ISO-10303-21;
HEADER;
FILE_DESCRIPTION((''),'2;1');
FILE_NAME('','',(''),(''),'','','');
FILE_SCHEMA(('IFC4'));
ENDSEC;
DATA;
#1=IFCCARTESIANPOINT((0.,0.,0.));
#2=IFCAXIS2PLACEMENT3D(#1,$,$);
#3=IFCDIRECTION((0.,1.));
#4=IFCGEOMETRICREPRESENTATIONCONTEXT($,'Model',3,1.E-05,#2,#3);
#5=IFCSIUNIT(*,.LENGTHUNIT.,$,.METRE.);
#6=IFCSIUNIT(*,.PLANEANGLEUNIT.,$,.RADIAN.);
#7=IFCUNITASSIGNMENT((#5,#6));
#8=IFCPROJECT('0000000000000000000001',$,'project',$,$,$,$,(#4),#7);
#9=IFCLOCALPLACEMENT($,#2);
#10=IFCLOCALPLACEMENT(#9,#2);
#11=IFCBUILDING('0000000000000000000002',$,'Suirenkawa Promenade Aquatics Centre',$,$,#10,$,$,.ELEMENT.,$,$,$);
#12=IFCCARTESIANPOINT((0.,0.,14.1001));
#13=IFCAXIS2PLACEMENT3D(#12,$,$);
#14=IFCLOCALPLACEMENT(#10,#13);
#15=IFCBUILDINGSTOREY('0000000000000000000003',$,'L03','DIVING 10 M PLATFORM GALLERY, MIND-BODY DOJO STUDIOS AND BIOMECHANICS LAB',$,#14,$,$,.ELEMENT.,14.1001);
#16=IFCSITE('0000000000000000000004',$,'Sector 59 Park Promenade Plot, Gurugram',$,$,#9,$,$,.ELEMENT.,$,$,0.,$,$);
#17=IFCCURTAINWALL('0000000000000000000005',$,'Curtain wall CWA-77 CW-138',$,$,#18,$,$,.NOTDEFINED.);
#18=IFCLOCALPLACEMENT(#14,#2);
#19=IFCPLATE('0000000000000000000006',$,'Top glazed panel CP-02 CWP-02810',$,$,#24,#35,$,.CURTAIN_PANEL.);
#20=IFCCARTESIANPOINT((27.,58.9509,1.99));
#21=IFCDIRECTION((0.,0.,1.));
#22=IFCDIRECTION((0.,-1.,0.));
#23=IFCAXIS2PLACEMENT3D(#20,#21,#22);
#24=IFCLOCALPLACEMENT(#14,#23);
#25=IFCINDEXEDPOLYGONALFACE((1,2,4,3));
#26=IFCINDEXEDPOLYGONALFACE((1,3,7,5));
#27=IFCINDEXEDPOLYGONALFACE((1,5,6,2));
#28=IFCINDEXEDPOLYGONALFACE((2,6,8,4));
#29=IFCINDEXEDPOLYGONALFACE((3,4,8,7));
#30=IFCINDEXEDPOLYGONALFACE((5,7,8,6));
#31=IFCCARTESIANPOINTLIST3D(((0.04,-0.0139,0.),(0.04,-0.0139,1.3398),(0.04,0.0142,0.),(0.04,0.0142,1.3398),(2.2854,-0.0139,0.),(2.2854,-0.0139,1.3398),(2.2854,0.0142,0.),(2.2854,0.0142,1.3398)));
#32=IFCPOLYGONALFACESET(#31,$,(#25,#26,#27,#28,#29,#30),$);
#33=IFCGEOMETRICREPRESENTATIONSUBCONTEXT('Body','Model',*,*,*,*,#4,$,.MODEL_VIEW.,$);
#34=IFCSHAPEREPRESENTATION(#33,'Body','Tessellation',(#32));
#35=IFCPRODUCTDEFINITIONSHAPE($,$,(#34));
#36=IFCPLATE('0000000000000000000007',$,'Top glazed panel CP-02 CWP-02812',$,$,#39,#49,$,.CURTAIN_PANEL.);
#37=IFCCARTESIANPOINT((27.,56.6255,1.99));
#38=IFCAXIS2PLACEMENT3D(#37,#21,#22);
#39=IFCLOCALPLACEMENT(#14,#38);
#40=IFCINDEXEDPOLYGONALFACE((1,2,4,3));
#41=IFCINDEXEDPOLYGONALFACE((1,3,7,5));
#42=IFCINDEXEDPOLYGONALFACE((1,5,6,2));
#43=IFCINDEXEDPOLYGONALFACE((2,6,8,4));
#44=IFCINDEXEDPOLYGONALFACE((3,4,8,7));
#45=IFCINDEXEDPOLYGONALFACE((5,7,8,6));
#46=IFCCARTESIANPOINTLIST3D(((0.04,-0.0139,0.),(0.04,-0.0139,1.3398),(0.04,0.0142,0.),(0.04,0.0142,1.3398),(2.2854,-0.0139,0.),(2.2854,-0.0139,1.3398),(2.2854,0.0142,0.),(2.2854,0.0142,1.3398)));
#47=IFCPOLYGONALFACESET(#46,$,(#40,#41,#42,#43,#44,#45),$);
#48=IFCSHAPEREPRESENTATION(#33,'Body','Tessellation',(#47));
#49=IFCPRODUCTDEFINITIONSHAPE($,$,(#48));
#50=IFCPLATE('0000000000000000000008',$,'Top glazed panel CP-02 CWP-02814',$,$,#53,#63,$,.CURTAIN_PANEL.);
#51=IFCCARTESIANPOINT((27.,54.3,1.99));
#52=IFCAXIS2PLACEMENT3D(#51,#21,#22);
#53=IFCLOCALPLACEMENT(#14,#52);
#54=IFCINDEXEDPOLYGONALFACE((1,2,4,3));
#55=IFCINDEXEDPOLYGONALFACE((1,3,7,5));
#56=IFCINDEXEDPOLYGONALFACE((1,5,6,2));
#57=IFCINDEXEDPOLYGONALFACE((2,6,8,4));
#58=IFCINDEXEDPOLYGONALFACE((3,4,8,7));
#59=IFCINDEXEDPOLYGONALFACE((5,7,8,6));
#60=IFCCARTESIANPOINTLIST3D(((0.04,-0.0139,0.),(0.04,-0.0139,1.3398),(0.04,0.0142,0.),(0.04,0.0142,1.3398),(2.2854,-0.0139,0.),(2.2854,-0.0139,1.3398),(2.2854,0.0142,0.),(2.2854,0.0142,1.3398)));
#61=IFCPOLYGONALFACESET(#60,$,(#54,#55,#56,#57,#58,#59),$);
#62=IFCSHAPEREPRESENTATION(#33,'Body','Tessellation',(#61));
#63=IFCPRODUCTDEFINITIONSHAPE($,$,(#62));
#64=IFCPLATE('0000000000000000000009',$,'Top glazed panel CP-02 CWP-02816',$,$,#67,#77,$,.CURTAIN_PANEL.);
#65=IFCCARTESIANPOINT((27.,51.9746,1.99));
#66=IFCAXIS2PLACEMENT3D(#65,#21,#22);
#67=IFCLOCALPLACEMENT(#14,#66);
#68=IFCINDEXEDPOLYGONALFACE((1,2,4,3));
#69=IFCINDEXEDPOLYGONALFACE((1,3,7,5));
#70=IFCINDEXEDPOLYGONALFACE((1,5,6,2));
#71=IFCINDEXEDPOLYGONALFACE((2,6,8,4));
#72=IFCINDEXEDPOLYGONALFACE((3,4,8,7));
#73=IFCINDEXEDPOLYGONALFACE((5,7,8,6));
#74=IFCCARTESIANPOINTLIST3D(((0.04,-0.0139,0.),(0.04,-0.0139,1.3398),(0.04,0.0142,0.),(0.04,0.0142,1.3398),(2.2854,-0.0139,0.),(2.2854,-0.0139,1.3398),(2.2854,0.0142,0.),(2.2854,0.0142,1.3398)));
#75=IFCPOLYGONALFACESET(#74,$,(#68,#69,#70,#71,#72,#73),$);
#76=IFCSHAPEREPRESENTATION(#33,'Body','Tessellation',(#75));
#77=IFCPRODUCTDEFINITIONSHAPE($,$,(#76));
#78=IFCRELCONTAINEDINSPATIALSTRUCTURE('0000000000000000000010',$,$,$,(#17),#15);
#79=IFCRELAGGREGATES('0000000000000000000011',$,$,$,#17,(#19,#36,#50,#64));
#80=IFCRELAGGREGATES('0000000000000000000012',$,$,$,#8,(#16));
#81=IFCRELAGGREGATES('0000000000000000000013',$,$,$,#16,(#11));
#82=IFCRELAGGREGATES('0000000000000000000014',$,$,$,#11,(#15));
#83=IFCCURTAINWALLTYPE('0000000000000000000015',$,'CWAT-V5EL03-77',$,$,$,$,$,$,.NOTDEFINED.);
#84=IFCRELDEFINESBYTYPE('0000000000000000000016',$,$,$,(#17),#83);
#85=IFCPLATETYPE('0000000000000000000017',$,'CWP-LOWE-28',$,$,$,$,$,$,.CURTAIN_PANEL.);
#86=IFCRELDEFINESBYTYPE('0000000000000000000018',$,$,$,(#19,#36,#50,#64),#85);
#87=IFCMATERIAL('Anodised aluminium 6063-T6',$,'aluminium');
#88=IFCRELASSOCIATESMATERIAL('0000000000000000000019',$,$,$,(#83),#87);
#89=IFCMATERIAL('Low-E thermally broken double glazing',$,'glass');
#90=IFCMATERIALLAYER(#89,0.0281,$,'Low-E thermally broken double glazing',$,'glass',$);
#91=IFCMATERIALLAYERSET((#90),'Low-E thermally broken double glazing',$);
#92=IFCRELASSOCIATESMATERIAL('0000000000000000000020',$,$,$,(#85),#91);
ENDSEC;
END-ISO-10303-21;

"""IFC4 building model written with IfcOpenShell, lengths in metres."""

from ifc_helpers import new_model, si_unit, direction, frame, origin, place, context, subcontext, project, spatial, polyline, outline, extrude, material, layer, layer_set, type_object, element, aggregate, save


model = new_model("IFC4")

# Units and contexts
model_context = context("Model", 3, precision=1e-05, world=origin(), true_north=direction((0.0, 1.0)))
body_context = subcontext(model_context, "Body", "Model", "MODEL_VIEW")
ifc_project = project(units=[si_unit("LENGTHUNIT", "METRE"), si_unit("PLANEANGLEUNIT", "RADIAN")], contexts=[model_context])

# Site, building, storey
site_placement = place(None, origin())
site = spatial("IfcSite", under=ifc_project, at=site_placement, Name="Sector 59 Park Promenade Plot, Gurugram", CompositionType="ELEMENT", RefElevation=0.0)
building_placement = place(site_placement, origin())
building = spatial("IfcBuilding", under=site, at=building_placement, Name="Suirenkawa Promenade Aquatics Centre", CompositionType="ELEMENT")
storey_placement = place(building_placement, frame((0.0, 0.0, 14.1001)))
storey = spatial("IfcBuildingStorey", under=building, at=storey_placement, Name="L03", Description="DIVING 10 M PLATFORM GALLERY, MIND-BODY DOJO STUDIOS AND BIOMECHANICS LAB", CompositionType="ELEMENT", Elevation=14.1001)

# Curtain wall, plates
ifc_material_1 = material(Name="Anodised aluminium 6063-T6", Category="aluminium")
curtain_wall_type = type_object("IfcCurtainWallType", Name="CWAT-V5EL03-77", PredefinedType="NOTDEFINED", material=ifc_material_1)
curtain_wall_placement = place(storey_placement, origin())
curtain_wall = element("IfcCurtainWall", 1, at=curtain_wall_placement, inside=storey, type_object=curtain_wall_type, Name="Curtain wall CWA-77 CW-138", PredefinedType="NOTDEFINED")
ifc_material_2 = material(Name="Low-E thermally broken double glazing", Category="glass")
ifc_layer = layer(ifc_material_2, 0.0281, Name="Low-E thermally broken double glazing", Category="glass")
ifc_layer_set = layer_set([ifc_layer], Name="Low-E thermally broken double glazing")
plate_type = type_object("IfcPlateType", Name="CWP-LOWE-28", PredefinedType="CURTAIN_PANEL", material=ifc_layer_set)
plate_1_placement = place(storey_placement, frame((27.0, 58.9509, 1.99), z_axis=(0.0, 0.0, 1.0), x_axis=(0.0, -1.0, 0.0)))
plate_1 = element("IfcPlate", 2, at=plate_1_placement, type_object=plate_type, Name="Top glazed panel CP-02 CWP-02810", PredefinedType="CURTAIN_PANEL", context=body_context, shape_type="SweptSolid", body=[
    extrude(outline(polyline([(0.04, 0.0), (2.2854, 0.0), (2.2854, 1.3398), (0.04, 1.3398), (0.04, 0.0)])), frame((0.0, 0.0142, 0.0), z_axis=(0.0, -1.0, 0.0), x_axis=(1.0, 0.0, 0.0)), (0.0, 0.0, 1.0), 0.0281),
])
plate_2_placement = place(storey_placement, frame((27.0, 56.6255, 1.99), z_axis=(0.0, 0.0, 1.0), x_axis=(0.0, -1.0, 0.0)))
plate_2 = element("IfcPlate", 3, at=plate_2_placement, type_object=plate_type, Name="Top glazed panel CP-02 CWP-02812", PredefinedType="CURTAIN_PANEL", context=body_context, shape_type="SweptSolid", body=[
    extrude(outline(polyline([(0.04, 0.0), (2.2854, 0.0), (2.2854, 1.3398), (0.04, 1.3398), (0.04, 0.0)])), frame((0.0, 0.0142, 0.0), z_axis=(0.0, -1.0, 0.0), x_axis=(1.0, 0.0, 0.0)), (0.0, 0.0, 1.0), 0.0281),
])
plate_3_placement = place(storey_placement, frame((27.0, 54.3, 1.99), z_axis=(0.0, 0.0, 1.0), x_axis=(0.0, -1.0, 0.0)))
plate_3 = element("IfcPlate", 4, at=plate_3_placement, type_object=plate_type, Name="Top glazed panel CP-02 CWP-02814", PredefinedType="CURTAIN_PANEL", context=body_context, shape_type="SweptSolid", body=[
    extrude(outline(polyline([(0.04, 0.0), (2.2854, 0.0), (2.2854, 1.3398), (0.04, 1.3398), (0.04, 0.0)])), frame((0.0, 0.0142, 0.0), z_axis=(0.0, -1.0, 0.0), x_axis=(1.0, 0.0, 0.0)), (0.0, 0.0, 1.0), 0.0281),
])
plate_4_placement = place(storey_placement, frame((27.0, 51.9746, 1.99), z_axis=(0.0, 0.0, 1.0), x_axis=(0.0, -1.0, 0.0)))
plate_4 = element("IfcPlate", 5, at=plate_4_placement, type_object=plate_type, Name="Top glazed panel CP-02 CWP-02816", PredefinedType="CURTAIN_PANEL", context=body_context, shape_type="SweptSolid", body=[
    extrude(outline(polyline([(0.04, 0.0), (2.2854, 0.0), (2.2854, 1.3398), (0.04, 1.3398), (0.04, 0.0)])), frame((0.0, 0.0142, 0.0), z_axis=(0.0, -1.0, 0.0), x_axis=(1.0, 0.0, 0.0)), (0.0, 0.0, 1.0), 0.0281),
])
aggregate(curtain_wall, [plate_1, plate_2, plate_3, plate_4])

save(model, "model.ifc")
